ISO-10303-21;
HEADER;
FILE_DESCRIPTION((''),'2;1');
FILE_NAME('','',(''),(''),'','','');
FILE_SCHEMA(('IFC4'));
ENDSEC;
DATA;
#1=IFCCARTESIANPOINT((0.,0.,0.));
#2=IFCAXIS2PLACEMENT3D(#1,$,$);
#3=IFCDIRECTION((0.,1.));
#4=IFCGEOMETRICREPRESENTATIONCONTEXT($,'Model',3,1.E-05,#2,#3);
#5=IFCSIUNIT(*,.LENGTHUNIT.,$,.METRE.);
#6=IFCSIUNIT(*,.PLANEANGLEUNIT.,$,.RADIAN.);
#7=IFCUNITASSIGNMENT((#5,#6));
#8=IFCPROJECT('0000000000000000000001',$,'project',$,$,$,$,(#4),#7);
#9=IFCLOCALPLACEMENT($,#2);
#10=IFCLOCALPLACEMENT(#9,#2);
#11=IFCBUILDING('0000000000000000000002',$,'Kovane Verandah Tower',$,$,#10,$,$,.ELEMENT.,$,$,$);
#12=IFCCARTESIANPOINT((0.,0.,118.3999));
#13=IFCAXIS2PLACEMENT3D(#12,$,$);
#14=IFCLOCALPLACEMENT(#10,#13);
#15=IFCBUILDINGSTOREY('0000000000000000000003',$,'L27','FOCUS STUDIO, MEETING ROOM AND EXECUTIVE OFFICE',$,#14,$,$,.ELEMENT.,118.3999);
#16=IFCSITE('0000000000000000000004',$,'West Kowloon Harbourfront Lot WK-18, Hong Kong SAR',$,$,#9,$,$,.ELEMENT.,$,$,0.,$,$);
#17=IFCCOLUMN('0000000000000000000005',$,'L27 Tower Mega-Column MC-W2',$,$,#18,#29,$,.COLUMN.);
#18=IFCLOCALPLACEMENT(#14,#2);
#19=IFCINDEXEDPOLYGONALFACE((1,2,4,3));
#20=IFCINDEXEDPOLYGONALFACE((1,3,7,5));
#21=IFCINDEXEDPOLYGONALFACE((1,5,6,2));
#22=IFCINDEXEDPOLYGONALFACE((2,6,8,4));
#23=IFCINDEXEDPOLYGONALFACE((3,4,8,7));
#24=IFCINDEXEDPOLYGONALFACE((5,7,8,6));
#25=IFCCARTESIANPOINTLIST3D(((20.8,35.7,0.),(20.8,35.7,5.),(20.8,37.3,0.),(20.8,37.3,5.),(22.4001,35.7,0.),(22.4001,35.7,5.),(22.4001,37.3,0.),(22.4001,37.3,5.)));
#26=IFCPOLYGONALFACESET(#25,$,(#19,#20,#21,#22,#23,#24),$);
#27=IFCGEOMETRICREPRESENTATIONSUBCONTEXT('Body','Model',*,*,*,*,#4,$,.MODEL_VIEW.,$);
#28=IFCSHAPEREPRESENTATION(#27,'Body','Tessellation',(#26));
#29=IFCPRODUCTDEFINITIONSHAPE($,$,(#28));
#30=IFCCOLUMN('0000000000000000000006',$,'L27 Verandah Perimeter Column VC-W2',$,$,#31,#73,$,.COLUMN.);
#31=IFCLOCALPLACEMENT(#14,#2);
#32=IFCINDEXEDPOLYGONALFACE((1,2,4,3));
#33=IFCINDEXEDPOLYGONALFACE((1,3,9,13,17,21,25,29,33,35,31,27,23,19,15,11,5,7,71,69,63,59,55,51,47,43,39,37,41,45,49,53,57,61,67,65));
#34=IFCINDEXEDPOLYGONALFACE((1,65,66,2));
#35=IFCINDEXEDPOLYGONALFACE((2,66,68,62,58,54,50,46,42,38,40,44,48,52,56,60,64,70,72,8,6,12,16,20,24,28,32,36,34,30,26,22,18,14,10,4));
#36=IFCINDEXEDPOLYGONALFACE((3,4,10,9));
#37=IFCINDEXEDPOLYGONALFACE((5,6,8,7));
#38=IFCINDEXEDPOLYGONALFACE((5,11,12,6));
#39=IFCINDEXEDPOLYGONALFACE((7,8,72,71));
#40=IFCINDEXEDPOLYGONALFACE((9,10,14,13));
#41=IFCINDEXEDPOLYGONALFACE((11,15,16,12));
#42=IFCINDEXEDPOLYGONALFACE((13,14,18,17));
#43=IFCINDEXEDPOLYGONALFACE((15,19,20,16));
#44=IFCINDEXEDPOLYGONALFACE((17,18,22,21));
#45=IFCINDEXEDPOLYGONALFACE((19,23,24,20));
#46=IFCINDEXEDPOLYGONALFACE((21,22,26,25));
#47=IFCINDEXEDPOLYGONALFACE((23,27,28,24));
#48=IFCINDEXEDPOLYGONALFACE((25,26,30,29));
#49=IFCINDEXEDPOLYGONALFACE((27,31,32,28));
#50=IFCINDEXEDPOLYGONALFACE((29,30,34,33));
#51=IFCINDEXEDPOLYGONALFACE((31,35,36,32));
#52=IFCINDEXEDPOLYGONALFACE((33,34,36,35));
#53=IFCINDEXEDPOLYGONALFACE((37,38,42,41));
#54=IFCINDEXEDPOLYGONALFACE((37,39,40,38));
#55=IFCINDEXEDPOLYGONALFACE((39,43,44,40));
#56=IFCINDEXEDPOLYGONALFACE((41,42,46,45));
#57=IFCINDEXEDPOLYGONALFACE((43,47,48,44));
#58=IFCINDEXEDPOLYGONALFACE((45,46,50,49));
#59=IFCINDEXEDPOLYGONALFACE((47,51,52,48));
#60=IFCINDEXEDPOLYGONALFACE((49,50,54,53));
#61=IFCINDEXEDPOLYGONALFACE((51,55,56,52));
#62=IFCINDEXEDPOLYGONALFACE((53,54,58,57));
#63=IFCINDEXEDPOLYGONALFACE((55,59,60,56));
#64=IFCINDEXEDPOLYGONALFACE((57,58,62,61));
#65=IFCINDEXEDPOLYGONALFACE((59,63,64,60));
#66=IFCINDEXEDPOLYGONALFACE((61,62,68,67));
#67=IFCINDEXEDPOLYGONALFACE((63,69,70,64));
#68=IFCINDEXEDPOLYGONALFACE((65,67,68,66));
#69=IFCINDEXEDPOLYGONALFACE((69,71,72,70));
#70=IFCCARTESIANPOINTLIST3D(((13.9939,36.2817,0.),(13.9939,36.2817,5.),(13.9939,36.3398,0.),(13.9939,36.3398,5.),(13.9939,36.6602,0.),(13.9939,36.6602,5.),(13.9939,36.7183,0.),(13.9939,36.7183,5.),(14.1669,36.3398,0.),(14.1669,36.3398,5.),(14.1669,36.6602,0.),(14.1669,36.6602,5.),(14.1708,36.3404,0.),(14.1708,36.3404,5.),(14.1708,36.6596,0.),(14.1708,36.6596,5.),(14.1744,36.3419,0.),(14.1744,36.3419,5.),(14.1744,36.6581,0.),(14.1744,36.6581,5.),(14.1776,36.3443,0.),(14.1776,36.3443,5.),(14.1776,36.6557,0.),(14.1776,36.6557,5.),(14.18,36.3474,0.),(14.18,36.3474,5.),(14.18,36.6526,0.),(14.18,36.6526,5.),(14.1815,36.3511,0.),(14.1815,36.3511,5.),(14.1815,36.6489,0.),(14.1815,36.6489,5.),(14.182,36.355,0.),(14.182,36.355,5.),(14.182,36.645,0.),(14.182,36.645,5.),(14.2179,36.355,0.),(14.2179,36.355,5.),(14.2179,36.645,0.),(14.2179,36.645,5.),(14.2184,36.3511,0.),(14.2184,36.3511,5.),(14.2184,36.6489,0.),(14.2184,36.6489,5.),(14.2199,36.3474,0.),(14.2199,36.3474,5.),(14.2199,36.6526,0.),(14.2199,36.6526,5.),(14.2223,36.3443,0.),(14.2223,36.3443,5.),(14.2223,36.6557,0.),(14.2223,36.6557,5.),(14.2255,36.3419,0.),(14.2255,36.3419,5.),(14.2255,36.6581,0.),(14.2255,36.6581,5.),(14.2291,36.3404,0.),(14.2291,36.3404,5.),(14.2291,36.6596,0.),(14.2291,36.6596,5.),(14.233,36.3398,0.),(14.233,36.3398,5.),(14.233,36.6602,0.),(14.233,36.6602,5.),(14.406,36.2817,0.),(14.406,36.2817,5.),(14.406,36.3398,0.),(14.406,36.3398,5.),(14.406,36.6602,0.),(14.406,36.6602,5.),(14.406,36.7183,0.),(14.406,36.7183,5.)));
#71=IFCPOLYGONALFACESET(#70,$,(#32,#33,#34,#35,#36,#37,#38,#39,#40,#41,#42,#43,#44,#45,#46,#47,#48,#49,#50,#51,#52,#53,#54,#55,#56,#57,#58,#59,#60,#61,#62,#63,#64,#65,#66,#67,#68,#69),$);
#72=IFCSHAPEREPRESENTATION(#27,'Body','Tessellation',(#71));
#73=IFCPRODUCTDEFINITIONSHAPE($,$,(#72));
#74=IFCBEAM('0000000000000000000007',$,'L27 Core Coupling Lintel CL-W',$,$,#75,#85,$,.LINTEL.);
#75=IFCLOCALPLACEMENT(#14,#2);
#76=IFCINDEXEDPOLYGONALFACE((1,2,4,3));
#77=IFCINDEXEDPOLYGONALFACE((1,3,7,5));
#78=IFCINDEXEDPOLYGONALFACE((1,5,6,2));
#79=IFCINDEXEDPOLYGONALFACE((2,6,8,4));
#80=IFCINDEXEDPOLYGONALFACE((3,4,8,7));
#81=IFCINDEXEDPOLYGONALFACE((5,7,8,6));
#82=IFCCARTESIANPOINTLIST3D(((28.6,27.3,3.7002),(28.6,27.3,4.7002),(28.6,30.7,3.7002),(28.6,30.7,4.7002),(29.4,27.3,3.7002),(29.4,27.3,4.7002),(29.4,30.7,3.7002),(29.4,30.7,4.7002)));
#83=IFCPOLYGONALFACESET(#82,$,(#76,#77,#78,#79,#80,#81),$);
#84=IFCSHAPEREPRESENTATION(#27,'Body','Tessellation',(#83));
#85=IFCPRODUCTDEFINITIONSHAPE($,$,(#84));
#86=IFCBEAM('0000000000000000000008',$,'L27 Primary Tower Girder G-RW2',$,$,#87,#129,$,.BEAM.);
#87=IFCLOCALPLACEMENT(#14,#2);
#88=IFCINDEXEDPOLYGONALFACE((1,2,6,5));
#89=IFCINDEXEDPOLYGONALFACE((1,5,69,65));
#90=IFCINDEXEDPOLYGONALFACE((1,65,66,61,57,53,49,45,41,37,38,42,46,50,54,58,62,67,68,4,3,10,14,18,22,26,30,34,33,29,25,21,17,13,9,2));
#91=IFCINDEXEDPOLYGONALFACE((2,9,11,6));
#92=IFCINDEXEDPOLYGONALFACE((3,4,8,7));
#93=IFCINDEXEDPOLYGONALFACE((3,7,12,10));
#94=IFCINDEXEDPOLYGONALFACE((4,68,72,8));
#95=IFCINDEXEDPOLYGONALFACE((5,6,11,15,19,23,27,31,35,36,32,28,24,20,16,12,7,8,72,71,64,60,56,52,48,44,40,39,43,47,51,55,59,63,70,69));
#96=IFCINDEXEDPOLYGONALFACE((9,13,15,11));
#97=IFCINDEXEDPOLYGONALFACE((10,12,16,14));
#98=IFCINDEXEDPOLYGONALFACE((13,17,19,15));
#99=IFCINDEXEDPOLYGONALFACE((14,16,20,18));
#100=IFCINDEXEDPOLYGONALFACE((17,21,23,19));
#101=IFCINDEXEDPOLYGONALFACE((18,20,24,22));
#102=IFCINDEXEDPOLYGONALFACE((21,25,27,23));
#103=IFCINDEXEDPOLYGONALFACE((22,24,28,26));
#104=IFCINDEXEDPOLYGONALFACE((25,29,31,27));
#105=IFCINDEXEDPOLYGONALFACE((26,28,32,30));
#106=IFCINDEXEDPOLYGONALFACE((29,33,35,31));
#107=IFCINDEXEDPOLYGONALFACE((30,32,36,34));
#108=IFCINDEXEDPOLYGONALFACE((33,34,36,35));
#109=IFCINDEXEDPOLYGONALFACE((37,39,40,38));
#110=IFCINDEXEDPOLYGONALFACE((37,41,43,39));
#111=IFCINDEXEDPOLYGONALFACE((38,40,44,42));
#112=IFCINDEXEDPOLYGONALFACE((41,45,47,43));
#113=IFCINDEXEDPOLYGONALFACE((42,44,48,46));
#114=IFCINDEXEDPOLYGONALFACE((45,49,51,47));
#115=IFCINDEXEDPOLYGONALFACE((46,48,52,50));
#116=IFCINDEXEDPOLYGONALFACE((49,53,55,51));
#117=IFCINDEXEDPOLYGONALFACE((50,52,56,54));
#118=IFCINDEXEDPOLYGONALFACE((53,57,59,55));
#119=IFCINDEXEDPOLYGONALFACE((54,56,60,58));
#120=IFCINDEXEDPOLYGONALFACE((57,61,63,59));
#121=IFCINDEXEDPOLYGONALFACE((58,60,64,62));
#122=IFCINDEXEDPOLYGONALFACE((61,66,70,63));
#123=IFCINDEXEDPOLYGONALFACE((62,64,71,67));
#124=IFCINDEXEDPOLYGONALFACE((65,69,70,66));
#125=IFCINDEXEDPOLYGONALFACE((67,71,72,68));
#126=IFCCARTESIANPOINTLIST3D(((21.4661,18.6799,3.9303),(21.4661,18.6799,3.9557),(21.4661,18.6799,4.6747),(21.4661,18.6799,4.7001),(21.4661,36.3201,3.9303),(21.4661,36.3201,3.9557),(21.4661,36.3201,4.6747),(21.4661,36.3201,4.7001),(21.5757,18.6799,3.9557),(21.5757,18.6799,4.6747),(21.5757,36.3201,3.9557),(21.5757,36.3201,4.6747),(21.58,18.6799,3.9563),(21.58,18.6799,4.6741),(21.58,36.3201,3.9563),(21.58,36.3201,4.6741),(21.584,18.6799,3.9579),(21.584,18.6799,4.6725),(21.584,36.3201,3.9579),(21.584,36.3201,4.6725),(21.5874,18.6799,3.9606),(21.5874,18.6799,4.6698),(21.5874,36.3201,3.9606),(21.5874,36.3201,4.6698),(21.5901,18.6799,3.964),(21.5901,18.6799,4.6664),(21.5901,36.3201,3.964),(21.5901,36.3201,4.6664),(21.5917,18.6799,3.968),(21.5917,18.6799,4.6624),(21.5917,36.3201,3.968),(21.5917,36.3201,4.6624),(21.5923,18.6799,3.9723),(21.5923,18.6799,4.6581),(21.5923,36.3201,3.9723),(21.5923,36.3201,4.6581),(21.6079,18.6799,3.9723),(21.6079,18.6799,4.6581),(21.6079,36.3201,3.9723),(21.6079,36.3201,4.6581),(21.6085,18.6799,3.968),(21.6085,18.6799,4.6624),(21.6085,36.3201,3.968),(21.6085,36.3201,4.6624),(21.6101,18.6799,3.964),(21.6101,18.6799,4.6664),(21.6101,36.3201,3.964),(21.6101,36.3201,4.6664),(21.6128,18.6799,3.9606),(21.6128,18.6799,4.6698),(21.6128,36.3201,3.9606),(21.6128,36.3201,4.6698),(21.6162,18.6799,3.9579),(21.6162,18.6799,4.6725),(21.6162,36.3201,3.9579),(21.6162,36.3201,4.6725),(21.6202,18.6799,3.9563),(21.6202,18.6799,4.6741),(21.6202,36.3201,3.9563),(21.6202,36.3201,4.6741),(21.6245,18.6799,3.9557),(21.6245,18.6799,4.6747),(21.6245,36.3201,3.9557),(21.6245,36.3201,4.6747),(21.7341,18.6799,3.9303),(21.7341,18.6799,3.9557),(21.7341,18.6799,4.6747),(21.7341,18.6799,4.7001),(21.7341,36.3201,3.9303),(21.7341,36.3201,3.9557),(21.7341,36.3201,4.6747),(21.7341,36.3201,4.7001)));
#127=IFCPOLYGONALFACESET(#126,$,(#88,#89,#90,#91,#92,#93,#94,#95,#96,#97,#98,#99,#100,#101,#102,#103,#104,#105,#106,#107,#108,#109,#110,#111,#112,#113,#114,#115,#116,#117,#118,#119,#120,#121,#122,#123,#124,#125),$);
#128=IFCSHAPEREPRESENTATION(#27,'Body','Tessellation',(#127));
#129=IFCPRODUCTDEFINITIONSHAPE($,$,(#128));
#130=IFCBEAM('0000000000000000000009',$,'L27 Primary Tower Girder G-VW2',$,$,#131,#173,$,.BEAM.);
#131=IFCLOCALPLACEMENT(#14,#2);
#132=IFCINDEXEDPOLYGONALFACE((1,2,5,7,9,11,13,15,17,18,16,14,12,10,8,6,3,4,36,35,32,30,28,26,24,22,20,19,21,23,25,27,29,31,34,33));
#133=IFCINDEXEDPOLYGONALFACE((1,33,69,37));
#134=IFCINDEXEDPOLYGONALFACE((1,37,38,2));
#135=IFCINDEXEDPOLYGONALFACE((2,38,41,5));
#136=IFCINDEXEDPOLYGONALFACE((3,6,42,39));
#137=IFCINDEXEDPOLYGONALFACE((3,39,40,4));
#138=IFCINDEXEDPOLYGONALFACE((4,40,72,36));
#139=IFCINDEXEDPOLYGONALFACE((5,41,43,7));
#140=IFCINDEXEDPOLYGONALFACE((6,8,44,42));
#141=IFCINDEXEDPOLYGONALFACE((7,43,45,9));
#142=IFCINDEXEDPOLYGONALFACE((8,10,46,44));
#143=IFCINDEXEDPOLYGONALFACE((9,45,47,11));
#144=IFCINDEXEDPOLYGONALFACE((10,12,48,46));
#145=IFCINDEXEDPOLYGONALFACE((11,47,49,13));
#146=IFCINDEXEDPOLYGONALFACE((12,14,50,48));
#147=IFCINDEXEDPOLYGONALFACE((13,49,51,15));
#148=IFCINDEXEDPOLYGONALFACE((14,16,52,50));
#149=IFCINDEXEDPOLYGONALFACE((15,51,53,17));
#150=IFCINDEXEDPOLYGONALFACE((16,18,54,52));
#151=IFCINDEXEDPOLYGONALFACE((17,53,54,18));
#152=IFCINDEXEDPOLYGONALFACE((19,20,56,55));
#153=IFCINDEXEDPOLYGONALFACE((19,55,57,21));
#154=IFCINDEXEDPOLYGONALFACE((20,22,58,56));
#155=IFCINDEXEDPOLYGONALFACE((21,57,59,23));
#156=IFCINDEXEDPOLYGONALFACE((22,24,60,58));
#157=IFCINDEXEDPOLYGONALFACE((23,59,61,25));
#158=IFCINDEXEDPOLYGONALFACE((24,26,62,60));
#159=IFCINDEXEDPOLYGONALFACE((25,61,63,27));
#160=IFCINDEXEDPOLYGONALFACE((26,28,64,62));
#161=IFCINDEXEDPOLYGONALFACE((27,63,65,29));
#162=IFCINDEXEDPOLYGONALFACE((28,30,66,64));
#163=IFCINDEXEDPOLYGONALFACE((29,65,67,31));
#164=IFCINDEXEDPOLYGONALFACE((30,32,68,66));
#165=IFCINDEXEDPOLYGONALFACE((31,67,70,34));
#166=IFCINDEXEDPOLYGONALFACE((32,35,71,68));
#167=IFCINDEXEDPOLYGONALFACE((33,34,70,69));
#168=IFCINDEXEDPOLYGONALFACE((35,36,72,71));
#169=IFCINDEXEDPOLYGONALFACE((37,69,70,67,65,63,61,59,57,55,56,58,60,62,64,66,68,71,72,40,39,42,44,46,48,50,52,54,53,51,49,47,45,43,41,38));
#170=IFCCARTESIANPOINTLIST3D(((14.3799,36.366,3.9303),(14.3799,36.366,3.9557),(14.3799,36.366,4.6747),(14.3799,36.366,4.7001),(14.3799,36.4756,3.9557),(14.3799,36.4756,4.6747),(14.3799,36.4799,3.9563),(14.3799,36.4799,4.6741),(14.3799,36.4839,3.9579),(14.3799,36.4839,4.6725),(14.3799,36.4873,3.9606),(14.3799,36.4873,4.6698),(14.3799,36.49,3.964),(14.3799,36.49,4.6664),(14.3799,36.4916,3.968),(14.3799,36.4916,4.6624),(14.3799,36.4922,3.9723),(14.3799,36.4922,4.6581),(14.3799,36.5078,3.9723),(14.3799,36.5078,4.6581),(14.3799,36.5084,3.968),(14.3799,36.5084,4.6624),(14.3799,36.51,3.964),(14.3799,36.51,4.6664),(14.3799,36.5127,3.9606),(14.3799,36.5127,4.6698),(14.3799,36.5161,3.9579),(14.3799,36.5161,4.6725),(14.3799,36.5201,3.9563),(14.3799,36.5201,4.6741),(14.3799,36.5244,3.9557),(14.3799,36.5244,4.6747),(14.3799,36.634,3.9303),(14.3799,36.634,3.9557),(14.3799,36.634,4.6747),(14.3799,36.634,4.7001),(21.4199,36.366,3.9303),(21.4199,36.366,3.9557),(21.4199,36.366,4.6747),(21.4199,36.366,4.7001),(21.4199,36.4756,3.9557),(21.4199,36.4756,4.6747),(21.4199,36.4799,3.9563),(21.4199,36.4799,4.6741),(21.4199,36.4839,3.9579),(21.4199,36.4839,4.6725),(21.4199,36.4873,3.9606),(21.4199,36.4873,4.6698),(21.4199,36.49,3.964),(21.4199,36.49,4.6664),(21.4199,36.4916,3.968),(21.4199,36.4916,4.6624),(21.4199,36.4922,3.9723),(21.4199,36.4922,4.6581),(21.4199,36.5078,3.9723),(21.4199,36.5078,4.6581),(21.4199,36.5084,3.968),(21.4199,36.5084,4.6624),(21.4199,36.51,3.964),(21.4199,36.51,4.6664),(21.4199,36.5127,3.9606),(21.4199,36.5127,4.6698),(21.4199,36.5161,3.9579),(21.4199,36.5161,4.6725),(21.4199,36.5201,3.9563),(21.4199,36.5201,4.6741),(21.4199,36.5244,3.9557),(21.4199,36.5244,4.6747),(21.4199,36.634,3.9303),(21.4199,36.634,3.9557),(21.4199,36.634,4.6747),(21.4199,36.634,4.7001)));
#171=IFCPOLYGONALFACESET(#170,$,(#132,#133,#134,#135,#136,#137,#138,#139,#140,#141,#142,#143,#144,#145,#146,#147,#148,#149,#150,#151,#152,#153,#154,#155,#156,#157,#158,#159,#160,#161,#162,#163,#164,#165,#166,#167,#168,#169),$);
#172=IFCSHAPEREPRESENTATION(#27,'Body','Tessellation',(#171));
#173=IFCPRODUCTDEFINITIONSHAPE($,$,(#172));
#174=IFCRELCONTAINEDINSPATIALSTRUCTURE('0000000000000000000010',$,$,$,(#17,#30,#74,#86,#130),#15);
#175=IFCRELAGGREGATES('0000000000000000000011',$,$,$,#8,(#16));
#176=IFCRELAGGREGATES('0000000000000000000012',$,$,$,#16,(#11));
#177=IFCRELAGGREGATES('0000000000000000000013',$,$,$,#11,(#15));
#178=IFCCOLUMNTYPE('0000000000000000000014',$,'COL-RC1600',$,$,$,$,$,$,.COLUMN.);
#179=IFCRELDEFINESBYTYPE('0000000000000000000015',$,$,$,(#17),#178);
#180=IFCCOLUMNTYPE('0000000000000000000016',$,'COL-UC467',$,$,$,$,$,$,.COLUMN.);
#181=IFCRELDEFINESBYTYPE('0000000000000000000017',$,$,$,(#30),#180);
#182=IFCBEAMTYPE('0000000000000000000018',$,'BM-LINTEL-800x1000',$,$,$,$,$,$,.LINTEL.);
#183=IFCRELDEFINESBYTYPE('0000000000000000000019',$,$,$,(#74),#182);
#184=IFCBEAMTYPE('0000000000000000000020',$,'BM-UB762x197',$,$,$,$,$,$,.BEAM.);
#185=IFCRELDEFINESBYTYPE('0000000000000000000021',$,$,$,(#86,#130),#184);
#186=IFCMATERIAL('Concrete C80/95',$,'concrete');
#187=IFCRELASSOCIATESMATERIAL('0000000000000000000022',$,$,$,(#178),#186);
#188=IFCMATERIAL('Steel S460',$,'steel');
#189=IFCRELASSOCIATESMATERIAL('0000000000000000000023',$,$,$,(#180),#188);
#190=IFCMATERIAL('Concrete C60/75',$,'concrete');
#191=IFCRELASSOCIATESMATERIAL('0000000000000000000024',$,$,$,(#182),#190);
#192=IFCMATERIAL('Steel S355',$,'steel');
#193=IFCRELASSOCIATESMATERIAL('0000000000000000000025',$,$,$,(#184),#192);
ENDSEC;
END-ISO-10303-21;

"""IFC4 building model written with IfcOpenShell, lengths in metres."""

from ifc_helpers import new_model, si_unit, direction, frame, origin, origin_2d, place, context, subcontext, project, spatial, rectangle, i_section, extrude, material, material_profile, profile_set, type_object, element, save


model = new_model("IFC4")

# Units and contexts
model_context = context("Model", 3, precision=1e-05, world=origin(), true_north=direction((0.0, 1.0)))
body_context = subcontext(model_context, "Body", "Model", "MODEL_VIEW")
ifc_project = project(units=[si_unit("LENGTHUNIT", "METRE"), si_unit("PLANEANGLEUNIT", "RADIAN")], contexts=[model_context])

# Site, building, storey
site_placement = place(None, origin())
site = spatial("IfcSite", under=ifc_project, at=site_placement, Name="West Kowloon Harbourfront Lot WK-18, Hong Kong SAR", CompositionType="ELEMENT", RefElevation=0.0)
building_placement = place(site_placement, origin())
building = spatial("IfcBuilding", under=site, at=building_placement, Name="Kovane Verandah Tower", CompositionType="ELEMENT")
storey_placement = place(building_placement, frame((0.0, 0.0, 118.3999)))
storey = spatial("IfcBuildingStorey", under=building, at=storey_placement, Name="L27", Description="FOCUS STUDIO, MEETING ROOM AND EXECUTIVE OFFICE", CompositionType="ELEMENT", Elevation=118.3999)

# Columns
ifc_material_1 = material(Name="Concrete C80/95", Category="concrete")
ifc_material_profile_1 = material_profile(ifc_material_1, rectangle(XDim=1.6001, YDim=1.6001, at=origin_2d()), Name="RC1600x1600")
ifc_profile_set_1 = profile_set([ifc_material_profile_1], Name="Concrete C80/95")
column_type_1 = type_object("IfcColumnType", Name="COL-RC1600", PredefinedType="COLUMN", material=ifc_profile_set_1)
column_1_placement = place(storey_placement, frame((21.6001, 36.5, 0.0), z_axis=(0.0, 0.0, 1.0), x_axis=(1.0, 0.0, 0.0)))
element("IfcColumn", 1, at=column_1_placement, inside=storey, type_object=column_type_1, Name="L27 Tower Mega-Column MC-W2", PredefinedType="COLUMN", context=body_context, shape_type="SweptSolid", body=[
    extrude(rectangle(XDim=1.6001, YDim=1.6001, at=origin_2d()), origin(), (0.0, 0.0, 1.0), 5.0),
])
ifc_material_2 = material(Name="Steel S460", Category="steel")
ifc_material_profile_2 = material_profile(ifc_material_2, i_section(OverallWidth=0.4121, OverallDepth=0.4365, WebThickness=0.0359, FlangeThickness=0.0581, FilletRadius=0.0151, at=origin_2d()), Name="UC356x406x467")
ifc_profile_set_2 = profile_set([ifc_material_profile_2], Name="Steel S460")
column_type_2 = type_object("IfcColumnType", Name="COL-UC467", PredefinedType="COLUMN", material=ifc_profile_set_2)
column_2_placement = place(storey_placement, frame((14.2, 36.5, 0.0), z_axis=(0.0, 0.0, 1.0), x_axis=(1.0, 0.0, 0.0)))
element("IfcColumn", 2, at=column_2_placement, inside=storey, type_object=column_type_2, Name="L27 Verandah Perimeter Column VC-W2", PredefinedType="COLUMN", context=body_context, shape_type="SweptSolid", body=[
    extrude(i_section(OverallWidth=0.4121, OverallDepth=0.4365, WebThickness=0.0359, FlangeThickness=0.0581, FilletRadius=0.0151, at=origin_2d()), origin(), (0.0, 0.0, 1.0), 5.0),
])

# Beams
ifc_material_3 = material(Name="Concrete C60/75", Category="concrete")
ifc_material_profile_3 = material_profile(ifc_material_3, rectangle(XDim=0.8, YDim=1.0, at=origin_2d()), Name="RCB800x1000")
ifc_profile_set_3 = profile_set([ifc_material_profile_3], Name="Concrete C60/75")
beam_type_1 = type_object("IfcBeamType", Name="BM-LINTEL-800x1000", PredefinedType="LINTEL", material=ifc_profile_set_3)
beam_1_placement = place(storey_placement, frame((29.0, 27.3, 4.2002), z_axis=(0.0, 1.0, 0.0), x_axis=(-1.0, 0.0, 0.0)))
element("IfcBeam", 3, at=beam_1_placement, inside=storey, type_object=beam_type_1, Name="L27 Core Coupling Lintel CL-W", PredefinedType="LINTEL", context=body_context, shape_type="SweptSolid", body=[
    extrude(rectangle(XDim=0.8, YDim=1.0, at=origin_2d()), origin(), (0.0, 0.0, 1.0), 3.3999),
])
ifc_material_4 = material(Name="Steel S355", Category="steel")
ifc_material_profile_4 = material_profile(ifc_material_4, i_section(OverallWidth=0.2681, OverallDepth=0.7698, WebThickness=0.0156, FlangeThickness=0.0254, FilletRadius=0.0166, at=origin_2d()), Name="UB762x267x197")
ifc_profile_set_4 = profile_set([ifc_material_profile_4], Name="Steel S355")
beam_type_2 = type_object("IfcBeamType", Name="BM-UB762x197", PredefinedType="BEAM", material=ifc_profile_set_4)
beam_2_placement = place(storey_placement, frame((21.6001, 18.6799, 4.3152), z_axis=(0.0, 1.0, 0.0), x_axis=(-1.0, 0.0, 0.0)))
element("IfcBeam", 4, at=beam_2_placement, inside=storey, type_object=beam_type_2, Name="L27 Primary Tower Girder G-RW2", PredefinedType="BEAM", context=body_context, shape_type="SweptSolid", body=[
    extrude(i_section(OverallWidth=0.2681, OverallDepth=0.7698, WebThickness=0.0156, FlangeThickness=0.0254, FilletRadius=0.0166, at=origin_2d()), origin(), (0.0, 0.0, 1.0), 17.6401),
])
beam_3_placement = place(storey_placement, frame((21.4199, 36.5, 4.3152), z_axis=(-1.0, 0.0, 0.0), x_axis=(0.0, -1.0, 0.0)))
element("IfcBeam", 5, at=beam_3_placement, inside=storey, type_object=beam_type_2, Name="L27 Primary Tower Girder G-VW2", PredefinedType="BEAM", context=body_context, shape_type="SweptSolid", body=[
    extrude(i_section(OverallWidth=0.2681, OverallDepth=0.7698, WebThickness=0.0156, FlangeThickness=0.0254, FilletRadius=0.0166, at=origin_2d()), origin(), (0.0, 0.0, 1.0), 7.04),
])

save(model, "model.ifc")
